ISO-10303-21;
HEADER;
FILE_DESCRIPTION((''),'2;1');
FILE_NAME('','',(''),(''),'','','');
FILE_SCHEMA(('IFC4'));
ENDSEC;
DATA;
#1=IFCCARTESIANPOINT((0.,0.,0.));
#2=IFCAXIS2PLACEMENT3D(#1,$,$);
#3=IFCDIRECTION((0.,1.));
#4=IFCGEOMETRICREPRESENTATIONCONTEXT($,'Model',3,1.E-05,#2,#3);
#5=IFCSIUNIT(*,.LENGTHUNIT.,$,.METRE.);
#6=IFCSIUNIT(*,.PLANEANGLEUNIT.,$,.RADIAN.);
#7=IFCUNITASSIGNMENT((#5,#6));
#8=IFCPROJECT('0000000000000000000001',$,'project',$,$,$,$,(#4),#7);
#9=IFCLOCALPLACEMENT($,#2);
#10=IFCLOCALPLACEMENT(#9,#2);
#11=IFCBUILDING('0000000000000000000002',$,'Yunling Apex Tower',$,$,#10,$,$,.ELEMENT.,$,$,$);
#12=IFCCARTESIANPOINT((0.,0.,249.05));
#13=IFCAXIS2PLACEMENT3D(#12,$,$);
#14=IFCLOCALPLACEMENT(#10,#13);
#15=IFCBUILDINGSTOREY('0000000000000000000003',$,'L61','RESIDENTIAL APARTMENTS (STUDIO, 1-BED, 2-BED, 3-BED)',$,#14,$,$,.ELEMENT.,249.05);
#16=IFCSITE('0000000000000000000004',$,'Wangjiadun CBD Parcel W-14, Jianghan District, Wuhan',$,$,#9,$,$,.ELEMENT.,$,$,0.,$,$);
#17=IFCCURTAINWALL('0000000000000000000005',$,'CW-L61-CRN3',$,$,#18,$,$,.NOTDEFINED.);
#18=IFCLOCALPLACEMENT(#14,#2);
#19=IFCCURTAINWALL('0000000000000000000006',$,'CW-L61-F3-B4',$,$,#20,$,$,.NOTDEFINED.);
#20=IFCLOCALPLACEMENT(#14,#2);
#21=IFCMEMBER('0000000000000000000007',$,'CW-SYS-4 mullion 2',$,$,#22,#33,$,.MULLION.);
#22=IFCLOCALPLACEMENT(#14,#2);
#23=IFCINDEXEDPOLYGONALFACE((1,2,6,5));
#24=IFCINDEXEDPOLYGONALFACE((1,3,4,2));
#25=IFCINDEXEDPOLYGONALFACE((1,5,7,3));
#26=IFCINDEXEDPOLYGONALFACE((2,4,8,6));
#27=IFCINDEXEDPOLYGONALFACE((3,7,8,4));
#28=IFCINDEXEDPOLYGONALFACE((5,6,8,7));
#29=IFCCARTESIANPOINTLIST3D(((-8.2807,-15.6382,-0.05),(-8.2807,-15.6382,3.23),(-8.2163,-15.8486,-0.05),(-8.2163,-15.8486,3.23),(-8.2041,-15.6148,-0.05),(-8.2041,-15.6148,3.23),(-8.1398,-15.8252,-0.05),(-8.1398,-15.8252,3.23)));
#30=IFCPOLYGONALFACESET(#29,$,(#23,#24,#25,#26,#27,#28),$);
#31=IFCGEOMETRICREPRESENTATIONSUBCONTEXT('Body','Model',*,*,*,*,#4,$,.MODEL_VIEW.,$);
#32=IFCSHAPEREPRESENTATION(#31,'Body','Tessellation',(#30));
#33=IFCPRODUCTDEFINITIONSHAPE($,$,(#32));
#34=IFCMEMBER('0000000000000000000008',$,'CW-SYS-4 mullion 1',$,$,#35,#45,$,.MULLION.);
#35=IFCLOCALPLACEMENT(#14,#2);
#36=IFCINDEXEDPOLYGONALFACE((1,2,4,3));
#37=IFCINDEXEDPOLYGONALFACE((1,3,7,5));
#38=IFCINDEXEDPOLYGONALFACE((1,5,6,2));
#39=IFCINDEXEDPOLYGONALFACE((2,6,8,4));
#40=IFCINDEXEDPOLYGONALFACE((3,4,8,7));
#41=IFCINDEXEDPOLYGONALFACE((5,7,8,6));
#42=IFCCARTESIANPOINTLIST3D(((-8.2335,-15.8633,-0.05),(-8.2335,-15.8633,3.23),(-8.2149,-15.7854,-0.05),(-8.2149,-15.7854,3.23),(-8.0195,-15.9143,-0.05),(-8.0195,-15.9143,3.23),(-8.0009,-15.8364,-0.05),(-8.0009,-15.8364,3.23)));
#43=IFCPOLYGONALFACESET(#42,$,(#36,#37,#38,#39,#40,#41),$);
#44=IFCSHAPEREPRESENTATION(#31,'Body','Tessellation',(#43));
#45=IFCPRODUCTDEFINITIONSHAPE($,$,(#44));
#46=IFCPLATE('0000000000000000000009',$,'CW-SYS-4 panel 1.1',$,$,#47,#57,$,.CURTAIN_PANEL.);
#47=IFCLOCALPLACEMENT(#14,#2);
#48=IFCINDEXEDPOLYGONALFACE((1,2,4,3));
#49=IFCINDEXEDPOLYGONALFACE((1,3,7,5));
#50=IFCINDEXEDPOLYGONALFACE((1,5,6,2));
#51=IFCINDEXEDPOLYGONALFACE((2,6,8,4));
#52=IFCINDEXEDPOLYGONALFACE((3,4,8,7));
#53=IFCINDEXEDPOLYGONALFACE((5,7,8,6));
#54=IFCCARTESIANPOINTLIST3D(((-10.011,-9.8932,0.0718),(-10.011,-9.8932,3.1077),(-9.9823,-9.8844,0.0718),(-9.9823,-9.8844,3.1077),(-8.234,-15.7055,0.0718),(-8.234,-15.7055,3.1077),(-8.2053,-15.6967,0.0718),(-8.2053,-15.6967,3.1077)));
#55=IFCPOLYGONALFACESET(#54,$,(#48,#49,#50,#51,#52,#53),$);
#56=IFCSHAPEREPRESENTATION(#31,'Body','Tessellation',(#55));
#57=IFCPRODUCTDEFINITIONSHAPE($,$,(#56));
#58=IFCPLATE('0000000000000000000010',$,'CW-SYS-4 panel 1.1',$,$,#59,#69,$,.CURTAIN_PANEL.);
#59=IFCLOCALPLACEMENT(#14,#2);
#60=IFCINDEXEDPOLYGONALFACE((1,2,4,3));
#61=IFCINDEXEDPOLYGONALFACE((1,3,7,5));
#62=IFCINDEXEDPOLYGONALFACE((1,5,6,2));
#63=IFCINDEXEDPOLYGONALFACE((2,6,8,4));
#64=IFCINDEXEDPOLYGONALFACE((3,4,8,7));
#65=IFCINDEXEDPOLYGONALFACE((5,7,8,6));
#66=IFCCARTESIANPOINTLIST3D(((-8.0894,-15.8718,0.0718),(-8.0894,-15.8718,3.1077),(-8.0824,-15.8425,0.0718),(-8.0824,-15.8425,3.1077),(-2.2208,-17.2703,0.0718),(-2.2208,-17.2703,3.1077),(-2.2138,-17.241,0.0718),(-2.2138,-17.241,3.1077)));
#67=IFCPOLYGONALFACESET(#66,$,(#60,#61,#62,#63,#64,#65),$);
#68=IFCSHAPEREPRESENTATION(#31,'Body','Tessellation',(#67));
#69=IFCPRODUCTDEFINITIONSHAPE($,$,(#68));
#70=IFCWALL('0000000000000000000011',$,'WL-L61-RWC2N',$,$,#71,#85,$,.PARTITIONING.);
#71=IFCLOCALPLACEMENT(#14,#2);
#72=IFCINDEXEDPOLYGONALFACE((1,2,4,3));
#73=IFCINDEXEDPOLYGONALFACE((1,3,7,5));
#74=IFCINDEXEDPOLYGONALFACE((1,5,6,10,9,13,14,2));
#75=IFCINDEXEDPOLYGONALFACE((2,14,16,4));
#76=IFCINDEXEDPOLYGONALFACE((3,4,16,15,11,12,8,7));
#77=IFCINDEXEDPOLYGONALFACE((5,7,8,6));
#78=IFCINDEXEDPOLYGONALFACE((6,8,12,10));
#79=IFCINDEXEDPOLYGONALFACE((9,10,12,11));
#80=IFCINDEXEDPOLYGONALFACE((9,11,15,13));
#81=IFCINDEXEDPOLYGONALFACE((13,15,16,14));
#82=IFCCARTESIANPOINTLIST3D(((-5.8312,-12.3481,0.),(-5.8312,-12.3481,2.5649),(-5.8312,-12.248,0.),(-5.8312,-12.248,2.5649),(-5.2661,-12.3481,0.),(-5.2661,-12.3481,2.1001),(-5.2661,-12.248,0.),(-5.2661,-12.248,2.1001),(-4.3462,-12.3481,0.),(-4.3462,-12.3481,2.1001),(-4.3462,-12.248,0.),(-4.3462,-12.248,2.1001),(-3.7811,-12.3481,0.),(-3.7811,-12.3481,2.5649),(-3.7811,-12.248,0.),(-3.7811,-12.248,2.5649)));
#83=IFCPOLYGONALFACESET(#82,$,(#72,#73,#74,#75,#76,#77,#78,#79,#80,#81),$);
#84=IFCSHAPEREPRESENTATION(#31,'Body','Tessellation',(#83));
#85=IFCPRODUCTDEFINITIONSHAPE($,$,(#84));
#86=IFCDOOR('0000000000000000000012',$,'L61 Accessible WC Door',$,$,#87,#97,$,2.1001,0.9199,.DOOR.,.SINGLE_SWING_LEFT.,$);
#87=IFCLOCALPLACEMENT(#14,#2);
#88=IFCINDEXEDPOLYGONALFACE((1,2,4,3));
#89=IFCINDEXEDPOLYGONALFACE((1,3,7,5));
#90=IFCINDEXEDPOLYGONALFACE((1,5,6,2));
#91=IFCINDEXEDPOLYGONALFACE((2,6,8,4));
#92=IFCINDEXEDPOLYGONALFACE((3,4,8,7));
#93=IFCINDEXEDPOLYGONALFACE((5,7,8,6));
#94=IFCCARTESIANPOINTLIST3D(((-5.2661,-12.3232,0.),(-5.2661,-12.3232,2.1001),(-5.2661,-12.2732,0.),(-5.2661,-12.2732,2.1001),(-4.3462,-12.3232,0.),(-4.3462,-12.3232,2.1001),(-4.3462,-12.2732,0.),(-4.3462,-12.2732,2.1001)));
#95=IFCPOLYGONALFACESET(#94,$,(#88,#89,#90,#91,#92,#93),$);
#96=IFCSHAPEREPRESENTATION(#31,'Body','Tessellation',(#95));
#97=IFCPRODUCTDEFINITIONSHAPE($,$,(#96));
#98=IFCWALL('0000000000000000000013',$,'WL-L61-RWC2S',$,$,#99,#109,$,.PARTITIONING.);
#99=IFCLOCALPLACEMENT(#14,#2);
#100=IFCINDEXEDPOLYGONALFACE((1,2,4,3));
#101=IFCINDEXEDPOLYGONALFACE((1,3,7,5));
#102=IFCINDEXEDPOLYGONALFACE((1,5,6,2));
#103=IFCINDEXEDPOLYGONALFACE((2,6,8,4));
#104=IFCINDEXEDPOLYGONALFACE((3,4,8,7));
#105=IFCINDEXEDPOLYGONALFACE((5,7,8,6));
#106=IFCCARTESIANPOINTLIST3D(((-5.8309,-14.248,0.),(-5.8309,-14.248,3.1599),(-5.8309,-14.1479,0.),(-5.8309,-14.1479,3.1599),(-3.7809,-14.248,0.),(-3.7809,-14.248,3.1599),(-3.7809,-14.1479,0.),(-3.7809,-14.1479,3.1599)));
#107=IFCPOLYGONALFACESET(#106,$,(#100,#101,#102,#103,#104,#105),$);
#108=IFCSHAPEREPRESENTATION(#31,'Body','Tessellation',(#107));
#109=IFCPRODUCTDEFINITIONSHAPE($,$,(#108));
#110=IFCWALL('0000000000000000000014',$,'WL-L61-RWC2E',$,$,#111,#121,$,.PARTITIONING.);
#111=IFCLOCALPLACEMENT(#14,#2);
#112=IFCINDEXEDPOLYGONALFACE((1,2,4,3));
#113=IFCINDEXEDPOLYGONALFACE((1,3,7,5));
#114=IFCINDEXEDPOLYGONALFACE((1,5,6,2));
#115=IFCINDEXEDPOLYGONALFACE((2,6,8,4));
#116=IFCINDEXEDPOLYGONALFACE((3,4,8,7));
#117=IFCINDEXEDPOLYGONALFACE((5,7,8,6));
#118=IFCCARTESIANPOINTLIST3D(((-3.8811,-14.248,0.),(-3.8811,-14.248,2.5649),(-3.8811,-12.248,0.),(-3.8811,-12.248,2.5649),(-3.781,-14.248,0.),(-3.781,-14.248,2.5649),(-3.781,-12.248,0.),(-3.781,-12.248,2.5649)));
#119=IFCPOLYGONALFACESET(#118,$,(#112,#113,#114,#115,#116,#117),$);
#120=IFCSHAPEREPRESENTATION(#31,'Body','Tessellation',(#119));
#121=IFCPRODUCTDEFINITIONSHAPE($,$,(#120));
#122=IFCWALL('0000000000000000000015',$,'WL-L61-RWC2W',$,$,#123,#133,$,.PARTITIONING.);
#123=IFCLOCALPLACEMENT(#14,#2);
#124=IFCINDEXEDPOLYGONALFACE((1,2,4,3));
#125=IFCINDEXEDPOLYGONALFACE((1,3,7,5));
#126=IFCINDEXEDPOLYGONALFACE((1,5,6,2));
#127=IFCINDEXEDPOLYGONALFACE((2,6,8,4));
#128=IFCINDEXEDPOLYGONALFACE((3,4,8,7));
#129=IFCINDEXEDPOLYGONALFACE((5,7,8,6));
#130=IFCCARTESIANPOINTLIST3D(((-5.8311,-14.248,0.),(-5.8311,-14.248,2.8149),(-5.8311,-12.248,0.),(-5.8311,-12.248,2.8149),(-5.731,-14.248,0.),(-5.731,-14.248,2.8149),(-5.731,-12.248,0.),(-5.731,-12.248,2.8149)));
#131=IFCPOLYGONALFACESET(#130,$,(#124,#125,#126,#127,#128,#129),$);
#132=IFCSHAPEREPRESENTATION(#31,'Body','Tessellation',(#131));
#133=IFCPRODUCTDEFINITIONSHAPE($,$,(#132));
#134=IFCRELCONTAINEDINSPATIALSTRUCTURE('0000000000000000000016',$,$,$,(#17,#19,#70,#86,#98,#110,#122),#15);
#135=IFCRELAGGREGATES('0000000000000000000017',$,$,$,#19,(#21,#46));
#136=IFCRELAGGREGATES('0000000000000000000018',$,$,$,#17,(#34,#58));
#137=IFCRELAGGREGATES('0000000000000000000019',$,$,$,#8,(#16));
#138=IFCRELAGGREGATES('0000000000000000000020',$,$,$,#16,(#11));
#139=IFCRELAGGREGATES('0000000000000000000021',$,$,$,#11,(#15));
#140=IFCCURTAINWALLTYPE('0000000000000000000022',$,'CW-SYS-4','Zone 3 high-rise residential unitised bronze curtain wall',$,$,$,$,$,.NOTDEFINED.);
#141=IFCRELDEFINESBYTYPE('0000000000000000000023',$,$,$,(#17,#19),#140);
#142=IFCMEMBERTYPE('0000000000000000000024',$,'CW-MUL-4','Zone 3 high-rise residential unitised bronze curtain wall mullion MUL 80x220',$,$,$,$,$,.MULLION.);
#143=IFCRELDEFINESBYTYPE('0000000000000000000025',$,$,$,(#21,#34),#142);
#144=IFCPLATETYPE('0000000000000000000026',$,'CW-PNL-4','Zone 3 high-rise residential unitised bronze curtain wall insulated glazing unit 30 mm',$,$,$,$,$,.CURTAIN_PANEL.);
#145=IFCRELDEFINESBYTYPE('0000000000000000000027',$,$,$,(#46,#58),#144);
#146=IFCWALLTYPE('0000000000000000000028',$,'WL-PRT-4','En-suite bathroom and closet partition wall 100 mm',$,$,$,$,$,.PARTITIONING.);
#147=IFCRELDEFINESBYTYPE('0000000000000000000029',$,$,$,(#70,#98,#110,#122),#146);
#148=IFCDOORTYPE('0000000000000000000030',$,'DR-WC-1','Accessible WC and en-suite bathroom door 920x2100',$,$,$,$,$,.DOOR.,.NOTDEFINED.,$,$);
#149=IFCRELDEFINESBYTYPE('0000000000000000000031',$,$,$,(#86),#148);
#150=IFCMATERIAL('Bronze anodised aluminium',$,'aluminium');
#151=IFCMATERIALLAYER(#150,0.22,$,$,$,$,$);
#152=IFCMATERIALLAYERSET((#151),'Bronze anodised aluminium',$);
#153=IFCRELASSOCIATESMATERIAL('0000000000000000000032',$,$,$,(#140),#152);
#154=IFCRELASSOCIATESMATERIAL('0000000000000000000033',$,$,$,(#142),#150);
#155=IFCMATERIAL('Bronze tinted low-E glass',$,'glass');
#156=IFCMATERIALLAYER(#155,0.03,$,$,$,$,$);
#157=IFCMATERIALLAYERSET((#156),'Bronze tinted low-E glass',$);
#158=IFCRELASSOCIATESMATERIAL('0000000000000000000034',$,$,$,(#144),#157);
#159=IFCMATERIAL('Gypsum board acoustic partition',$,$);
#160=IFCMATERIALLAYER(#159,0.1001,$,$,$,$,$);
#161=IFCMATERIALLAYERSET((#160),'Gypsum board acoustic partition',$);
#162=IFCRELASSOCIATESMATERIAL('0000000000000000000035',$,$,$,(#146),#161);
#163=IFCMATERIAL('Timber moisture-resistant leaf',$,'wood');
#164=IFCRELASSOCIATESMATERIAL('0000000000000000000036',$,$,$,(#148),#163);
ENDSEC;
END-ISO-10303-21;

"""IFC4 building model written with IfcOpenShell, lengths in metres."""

from ifc_helpers import new_model, si_unit, direction, frame, frame_2d, origin, origin_2d, place, context, subcontext, project, spatial, rectangle, extrude, source, transform, mapped, material, layer, layer_set, material_profile, profile_set, type_object, element, fill, aggregate, save


model = new_model("IFC4")

# Units and contexts
model_context = context("Model", 3, precision=1e-05, world=origin(), true_north=direction((0.0, 1.0)))
body_context = subcontext(model_context, "Body", "Model", "MODEL_VIEW")
ifc_project = project(units=[si_unit("LENGTHUNIT", "METRE"), si_unit("PLANEANGLEUNIT", "RADIAN")], contexts=[model_context])

# Site, building, storey
site_placement = place(None, origin())
site = spatial("IfcSite", under=ifc_project, at=site_placement, Name="Wangjiadun CBD Parcel W-14, Jianghan District, Wuhan", CompositionType="ELEMENT", RefElevation=0.0)
building_placement = place(site_placement, origin())
building = spatial("IfcBuilding", under=site, at=building_placement, Name="Yunling Apex Tower", CompositionType="ELEMENT")
storey_placement = place(building_placement, frame((0.0, 0.0, 249.05)))
storey = spatial("IfcBuildingStorey", under=building, at=storey_placement, Name="L61", Description="RESIDENTIAL APARTMENTS (STUDIO, 1-BED, 2-BED, 3-BED)", CompositionType="ELEMENT", Elevation=249.05)

# Curtain wall
ifc_material_1 = material(Name="Bronze anodised aluminium", Category="aluminium")
ifc_layer_1 = layer(ifc_material_1, 0.22)
ifc_layer_set_1 = layer_set([ifc_layer_1], Name="Bronze anodised aluminium")
curtain_wall_type = type_object("IfcCurtainWallType", Name="CW-SYS-4", Description="Zone 3 high-rise residential unitised bronze curtain wall", PredefinedType="NOTDEFINED", material=ifc_layer_set_1)
curtain_wall_1_placement = place(storey_placement, origin())
curtain_wall_1 = element("IfcCurtainWall", 1, at=curtain_wall_1_placement, inside=storey, type_object=curtain_wall_type, Name="CW-L61-CRN3", PredefinedType="NOTDEFINED")

# Curtain wall, member
curtain_wall_2_placement = place(storey_placement, origin())
curtain_wall_2 = element("IfcCurtainWall", 2, at=curtain_wall_2_placement, inside=storey, type_object=curtain_wall_type, Name="CW-L61-F3-B4", PredefinedType="NOTDEFINED")
ifc_material_profile_1 = material_profile(ifc_material_1, rectangle(XDim=0.0801, YDim=0.22, at=origin_2d()))
ifc_profile_set_1 = profile_set([ifc_material_profile_1], Name="Bronze anodised aluminium")
member_type_1 = type_object("IfcMemberType", Name="CW-MUL-4", Description="Zone 3 high-rise residential unitised bronze curtain wall mullion MUL 80x220", PredefinedType="MULLION", material=ifc_profile_set_1)
shared_shape_1 = source(origin(), body_context, "Body", "SweptSolid", [
    extrude(rectangle(XDim=0.0801, YDim=0.22, at=origin_2d()), origin(), (0.0, 0.0, 1.0), 3.28),
])
member_1_placement = place(storey_placement, frame((-8.2102, -15.7317, -0.05), z_axis=(0.0, 0.0, 1.0), x_axis=(0.956305, 0.292372, 0.0)))
member_1 = element("IfcMember", 3, at=member_1_placement, type_object=member_type_1, Name="CW-SYS-4 mullion 2", PredefinedType="MULLION", context=body_context, shape_type="MappedRepresentation", body=[
    mapped(shared_shape_1, transform((0.0, 0.0, 0.0), scale=1.0)),
])

# Member
member_2_placement = place(storey_placement, frame((-8.1172, -15.8499, -0.05), z_axis=(0.0, 0.0, 1.0), x_axis=(0.231809, 0.972761, 0.0)))
member_2 = element("IfcMember", 4, at=member_2_placement, type_object=member_type_1, Name="CW-SYS-4 mullion 1", PredefinedType="MULLION", context=body_context, shape_type="MappedRepresentation", body=[
    mapped(shared_shape_1, transform((0.0, 0.0, 0.0), scale=1.0)),
])

# Plates
ifc_material_2 = material(Name="Bronze tinted low-E glass", Category="glass")
ifc_layer_2 = layer(ifc_material_2, 0.03)
ifc_layer_set_2 = layer_set([ifc_layer_2], Name="Bronze tinted low-E glass")
plate_type = type_object("IfcPlateType", Name="CW-PNL-4", Description="Zone 3 high-rise residential unitised bronze curtain wall insulated glazing unit 30 mm", PredefinedType="CURTAIN_PANEL", material=ifc_layer_set_2)
shared_shape_2 = source(origin(), body_context, "Body", "SweptSolid", [
    extrude(rectangle(XDim=6.0779, YDim=0.03, at=origin_2d()), origin(), (0.0, 0.0, 1.0), 3.0359),
])
plate_1_placement = place(storey_placement, frame((-9.1082, -12.7949, 0.0718), z_axis=(0.0, 0.0, 1.0), x_axis=(0.292372, -0.956305, 0.0)))
plate_1 = element("IfcPlate", 5, at=plate_1_placement, type_object=plate_type, Name="CW-SYS-4 panel 1.1", PredefinedType="CURTAIN_PANEL", context=body_context, shape_type="MappedRepresentation", body=[
    mapped(shared_shape_2, transform((0.0, 0.0, 0.0), scale=1.0)),
])
aggregate(curtain_wall_2, [member_1, plate_1])
shared_shape_3 = source(origin(), body_context, "Body", "SweptSolid", [
    extrude(rectangle(XDim=6.033, YDim=0.03, at=origin_2d()), origin(), (0.0, 0.0, 1.0), 3.0359),
])
plate_2_placement = place(storey_placement, frame((-5.1516, -16.5564, 0.0718), z_axis=(0.0, 0.0, 1.0), x_axis=(0.972761, -0.231809, 0.0)))
plate_2 = element("IfcPlate", 6, at=plate_2_placement, type_object=plate_type, Name="CW-SYS-4 panel 1.1", PredefinedType="CURTAIN_PANEL", context=body_context, shape_type="MappedRepresentation", body=[
    mapped(shared_shape_3, transform((0.0, 0.0, 0.0), scale=1.0)),
])
aggregate(curtain_wall_1, [member_2, plate_2])

# Wall, opening, door
ifc_material_3 = material(Name="Gypsum board acoustic partition")
ifc_layer_3 = layer(ifc_material_3, 0.1001)
ifc_layer_set_3 = layer_set([ifc_layer_3], Name="Gypsum board acoustic partition")
wall_type = type_object("IfcWallType", Name="WL-PRT-4", Description="En-suite bathroom and closet partition wall 100 mm", PredefinedType="PARTITIONING", material=ifc_layer_set_3)
wall_1_placement = place(storey_placement, frame((-5.8311, -12.2981, 0.0), z_axis=(0.0, 0.0, 1.0), x_axis=(1.0, 0.0, 0.0)))
wall_1 = element("IfcWall", 7, at=wall_1_placement, inside=storey, type_object=wall_type, Name="WL-L61-RWC2N", PredefinedType="PARTITIONING", context=body_context, shape_type="SweptSolid", body=[
    extrude(rectangle(XDim=2.05, YDim=0.1001, at=frame_2d((1.0249, 0.0))), origin(), (0.0, 0.0, 1.0), 2.5649),
])
opening_placement = place(wall_1_placement, frame((0.5649, 0.0, 0.0)))
opening = element("IfcOpeningElement", 8, at=opening_placement, cuts=wall_1, PredefinedType="OPENING", context=body_context, shape_type="SweptSolid", body=[
    extrude(rectangle(XDim=0.9199, YDim=2.1001, at=frame_2d((0.46, 1.05))), frame((0.0, 0.0601, 0.0), z_axis=(0.0, -1.0, 0.0), x_axis=(1.0, 0.0, 0.0)), (0.0, 0.0, 1.0), 0.1201),
])
ifc_material_4 = material(Name="Timber moisture-resistant leaf", Category="wood")
door_type = type_object("IfcDoorType", Name="DR-WC-1", Description="Accessible WC and en-suite bathroom door 920x2100", OperationType="NOTDEFINED", PredefinedType="DOOR", material=ifc_material_4)
door_placement = place(opening_placement, origin())
door = element("IfcDoor", 9, at=door_placement, inside=storey, type_object=door_type, Name="L61 Accessible WC Door", OperationType="SINGLE_SWING_LEFT", OverallHeight=2.1001, OverallWidth=0.9199, PredefinedType="DOOR", context=body_context, shape_type="SweptSolid", body=[
    extrude(rectangle(XDim=0.9199, YDim=2.1001, at=frame_2d((0.46, 1.05))), frame((0.0, 0.0249, 0.0), z_axis=(0.0, -1.0, 0.0), x_axis=(1.0, 0.0, 0.0)), (0.0, 0.0, 1.0), 0.05),
])
fill(opening, door)

# Walls
wall_2_placement = place(storey_placement, frame((-3.781, -14.198, 0.0), z_axis=(0.0, 0.0, 1.0), x_axis=(-1.0, 0.0, 0.0)))
element("IfcWall", 10, at=wall_2_placement, inside=storey, type_object=wall_type, Name="WL-L61-RWC2S", PredefinedType="PARTITIONING", context=body_context, shape_type="SweptSolid", body=[
    extrude(rectangle(XDim=2.05, YDim=0.1001, at=frame_2d((1.0249, 0.0))), origin(), (0.0, 0.0, 1.0), 3.1599),
])
wall_3_placement = place(storey_placement, frame((-3.8311, -12.248, 0.0), z_axis=(0.0, 0.0, 1.0), x_axis=(0.0, -1.0, 0.0)))
element("IfcWall", 11, at=wall_3_placement, inside=storey, type_object=wall_type, Name="WL-L61-RWC2E", PredefinedType="PARTITIONING", context=body_context, shape_type="SweptSolid", body=[
    extrude(rectangle(XDim=2.0, YDim=0.1001, at=frame_2d((1.0, 0.0))), origin(), (0.0, 0.0, 1.0), 2.5649),
])
wall_4_placement = place(storey_placement, frame((-5.781, -14.248, 0.0), z_axis=(0.0, 0.0, 1.0), x_axis=(0.0, 1.0, 0.0)))
element("IfcWall", 12, at=wall_4_placement, inside=storey, type_object=wall_type, Name="WL-L61-RWC2W", PredefinedType="PARTITIONING", context=body_context, shape_type="SweptSolid", body=[
    extrude(rectangle(XDim=2.0, YDim=0.1001, at=frame_2d((1.0, 0.0))), origin(), (0.0, 0.0, 1.0), 2.8149),
])

save(model, "model.ifc")
